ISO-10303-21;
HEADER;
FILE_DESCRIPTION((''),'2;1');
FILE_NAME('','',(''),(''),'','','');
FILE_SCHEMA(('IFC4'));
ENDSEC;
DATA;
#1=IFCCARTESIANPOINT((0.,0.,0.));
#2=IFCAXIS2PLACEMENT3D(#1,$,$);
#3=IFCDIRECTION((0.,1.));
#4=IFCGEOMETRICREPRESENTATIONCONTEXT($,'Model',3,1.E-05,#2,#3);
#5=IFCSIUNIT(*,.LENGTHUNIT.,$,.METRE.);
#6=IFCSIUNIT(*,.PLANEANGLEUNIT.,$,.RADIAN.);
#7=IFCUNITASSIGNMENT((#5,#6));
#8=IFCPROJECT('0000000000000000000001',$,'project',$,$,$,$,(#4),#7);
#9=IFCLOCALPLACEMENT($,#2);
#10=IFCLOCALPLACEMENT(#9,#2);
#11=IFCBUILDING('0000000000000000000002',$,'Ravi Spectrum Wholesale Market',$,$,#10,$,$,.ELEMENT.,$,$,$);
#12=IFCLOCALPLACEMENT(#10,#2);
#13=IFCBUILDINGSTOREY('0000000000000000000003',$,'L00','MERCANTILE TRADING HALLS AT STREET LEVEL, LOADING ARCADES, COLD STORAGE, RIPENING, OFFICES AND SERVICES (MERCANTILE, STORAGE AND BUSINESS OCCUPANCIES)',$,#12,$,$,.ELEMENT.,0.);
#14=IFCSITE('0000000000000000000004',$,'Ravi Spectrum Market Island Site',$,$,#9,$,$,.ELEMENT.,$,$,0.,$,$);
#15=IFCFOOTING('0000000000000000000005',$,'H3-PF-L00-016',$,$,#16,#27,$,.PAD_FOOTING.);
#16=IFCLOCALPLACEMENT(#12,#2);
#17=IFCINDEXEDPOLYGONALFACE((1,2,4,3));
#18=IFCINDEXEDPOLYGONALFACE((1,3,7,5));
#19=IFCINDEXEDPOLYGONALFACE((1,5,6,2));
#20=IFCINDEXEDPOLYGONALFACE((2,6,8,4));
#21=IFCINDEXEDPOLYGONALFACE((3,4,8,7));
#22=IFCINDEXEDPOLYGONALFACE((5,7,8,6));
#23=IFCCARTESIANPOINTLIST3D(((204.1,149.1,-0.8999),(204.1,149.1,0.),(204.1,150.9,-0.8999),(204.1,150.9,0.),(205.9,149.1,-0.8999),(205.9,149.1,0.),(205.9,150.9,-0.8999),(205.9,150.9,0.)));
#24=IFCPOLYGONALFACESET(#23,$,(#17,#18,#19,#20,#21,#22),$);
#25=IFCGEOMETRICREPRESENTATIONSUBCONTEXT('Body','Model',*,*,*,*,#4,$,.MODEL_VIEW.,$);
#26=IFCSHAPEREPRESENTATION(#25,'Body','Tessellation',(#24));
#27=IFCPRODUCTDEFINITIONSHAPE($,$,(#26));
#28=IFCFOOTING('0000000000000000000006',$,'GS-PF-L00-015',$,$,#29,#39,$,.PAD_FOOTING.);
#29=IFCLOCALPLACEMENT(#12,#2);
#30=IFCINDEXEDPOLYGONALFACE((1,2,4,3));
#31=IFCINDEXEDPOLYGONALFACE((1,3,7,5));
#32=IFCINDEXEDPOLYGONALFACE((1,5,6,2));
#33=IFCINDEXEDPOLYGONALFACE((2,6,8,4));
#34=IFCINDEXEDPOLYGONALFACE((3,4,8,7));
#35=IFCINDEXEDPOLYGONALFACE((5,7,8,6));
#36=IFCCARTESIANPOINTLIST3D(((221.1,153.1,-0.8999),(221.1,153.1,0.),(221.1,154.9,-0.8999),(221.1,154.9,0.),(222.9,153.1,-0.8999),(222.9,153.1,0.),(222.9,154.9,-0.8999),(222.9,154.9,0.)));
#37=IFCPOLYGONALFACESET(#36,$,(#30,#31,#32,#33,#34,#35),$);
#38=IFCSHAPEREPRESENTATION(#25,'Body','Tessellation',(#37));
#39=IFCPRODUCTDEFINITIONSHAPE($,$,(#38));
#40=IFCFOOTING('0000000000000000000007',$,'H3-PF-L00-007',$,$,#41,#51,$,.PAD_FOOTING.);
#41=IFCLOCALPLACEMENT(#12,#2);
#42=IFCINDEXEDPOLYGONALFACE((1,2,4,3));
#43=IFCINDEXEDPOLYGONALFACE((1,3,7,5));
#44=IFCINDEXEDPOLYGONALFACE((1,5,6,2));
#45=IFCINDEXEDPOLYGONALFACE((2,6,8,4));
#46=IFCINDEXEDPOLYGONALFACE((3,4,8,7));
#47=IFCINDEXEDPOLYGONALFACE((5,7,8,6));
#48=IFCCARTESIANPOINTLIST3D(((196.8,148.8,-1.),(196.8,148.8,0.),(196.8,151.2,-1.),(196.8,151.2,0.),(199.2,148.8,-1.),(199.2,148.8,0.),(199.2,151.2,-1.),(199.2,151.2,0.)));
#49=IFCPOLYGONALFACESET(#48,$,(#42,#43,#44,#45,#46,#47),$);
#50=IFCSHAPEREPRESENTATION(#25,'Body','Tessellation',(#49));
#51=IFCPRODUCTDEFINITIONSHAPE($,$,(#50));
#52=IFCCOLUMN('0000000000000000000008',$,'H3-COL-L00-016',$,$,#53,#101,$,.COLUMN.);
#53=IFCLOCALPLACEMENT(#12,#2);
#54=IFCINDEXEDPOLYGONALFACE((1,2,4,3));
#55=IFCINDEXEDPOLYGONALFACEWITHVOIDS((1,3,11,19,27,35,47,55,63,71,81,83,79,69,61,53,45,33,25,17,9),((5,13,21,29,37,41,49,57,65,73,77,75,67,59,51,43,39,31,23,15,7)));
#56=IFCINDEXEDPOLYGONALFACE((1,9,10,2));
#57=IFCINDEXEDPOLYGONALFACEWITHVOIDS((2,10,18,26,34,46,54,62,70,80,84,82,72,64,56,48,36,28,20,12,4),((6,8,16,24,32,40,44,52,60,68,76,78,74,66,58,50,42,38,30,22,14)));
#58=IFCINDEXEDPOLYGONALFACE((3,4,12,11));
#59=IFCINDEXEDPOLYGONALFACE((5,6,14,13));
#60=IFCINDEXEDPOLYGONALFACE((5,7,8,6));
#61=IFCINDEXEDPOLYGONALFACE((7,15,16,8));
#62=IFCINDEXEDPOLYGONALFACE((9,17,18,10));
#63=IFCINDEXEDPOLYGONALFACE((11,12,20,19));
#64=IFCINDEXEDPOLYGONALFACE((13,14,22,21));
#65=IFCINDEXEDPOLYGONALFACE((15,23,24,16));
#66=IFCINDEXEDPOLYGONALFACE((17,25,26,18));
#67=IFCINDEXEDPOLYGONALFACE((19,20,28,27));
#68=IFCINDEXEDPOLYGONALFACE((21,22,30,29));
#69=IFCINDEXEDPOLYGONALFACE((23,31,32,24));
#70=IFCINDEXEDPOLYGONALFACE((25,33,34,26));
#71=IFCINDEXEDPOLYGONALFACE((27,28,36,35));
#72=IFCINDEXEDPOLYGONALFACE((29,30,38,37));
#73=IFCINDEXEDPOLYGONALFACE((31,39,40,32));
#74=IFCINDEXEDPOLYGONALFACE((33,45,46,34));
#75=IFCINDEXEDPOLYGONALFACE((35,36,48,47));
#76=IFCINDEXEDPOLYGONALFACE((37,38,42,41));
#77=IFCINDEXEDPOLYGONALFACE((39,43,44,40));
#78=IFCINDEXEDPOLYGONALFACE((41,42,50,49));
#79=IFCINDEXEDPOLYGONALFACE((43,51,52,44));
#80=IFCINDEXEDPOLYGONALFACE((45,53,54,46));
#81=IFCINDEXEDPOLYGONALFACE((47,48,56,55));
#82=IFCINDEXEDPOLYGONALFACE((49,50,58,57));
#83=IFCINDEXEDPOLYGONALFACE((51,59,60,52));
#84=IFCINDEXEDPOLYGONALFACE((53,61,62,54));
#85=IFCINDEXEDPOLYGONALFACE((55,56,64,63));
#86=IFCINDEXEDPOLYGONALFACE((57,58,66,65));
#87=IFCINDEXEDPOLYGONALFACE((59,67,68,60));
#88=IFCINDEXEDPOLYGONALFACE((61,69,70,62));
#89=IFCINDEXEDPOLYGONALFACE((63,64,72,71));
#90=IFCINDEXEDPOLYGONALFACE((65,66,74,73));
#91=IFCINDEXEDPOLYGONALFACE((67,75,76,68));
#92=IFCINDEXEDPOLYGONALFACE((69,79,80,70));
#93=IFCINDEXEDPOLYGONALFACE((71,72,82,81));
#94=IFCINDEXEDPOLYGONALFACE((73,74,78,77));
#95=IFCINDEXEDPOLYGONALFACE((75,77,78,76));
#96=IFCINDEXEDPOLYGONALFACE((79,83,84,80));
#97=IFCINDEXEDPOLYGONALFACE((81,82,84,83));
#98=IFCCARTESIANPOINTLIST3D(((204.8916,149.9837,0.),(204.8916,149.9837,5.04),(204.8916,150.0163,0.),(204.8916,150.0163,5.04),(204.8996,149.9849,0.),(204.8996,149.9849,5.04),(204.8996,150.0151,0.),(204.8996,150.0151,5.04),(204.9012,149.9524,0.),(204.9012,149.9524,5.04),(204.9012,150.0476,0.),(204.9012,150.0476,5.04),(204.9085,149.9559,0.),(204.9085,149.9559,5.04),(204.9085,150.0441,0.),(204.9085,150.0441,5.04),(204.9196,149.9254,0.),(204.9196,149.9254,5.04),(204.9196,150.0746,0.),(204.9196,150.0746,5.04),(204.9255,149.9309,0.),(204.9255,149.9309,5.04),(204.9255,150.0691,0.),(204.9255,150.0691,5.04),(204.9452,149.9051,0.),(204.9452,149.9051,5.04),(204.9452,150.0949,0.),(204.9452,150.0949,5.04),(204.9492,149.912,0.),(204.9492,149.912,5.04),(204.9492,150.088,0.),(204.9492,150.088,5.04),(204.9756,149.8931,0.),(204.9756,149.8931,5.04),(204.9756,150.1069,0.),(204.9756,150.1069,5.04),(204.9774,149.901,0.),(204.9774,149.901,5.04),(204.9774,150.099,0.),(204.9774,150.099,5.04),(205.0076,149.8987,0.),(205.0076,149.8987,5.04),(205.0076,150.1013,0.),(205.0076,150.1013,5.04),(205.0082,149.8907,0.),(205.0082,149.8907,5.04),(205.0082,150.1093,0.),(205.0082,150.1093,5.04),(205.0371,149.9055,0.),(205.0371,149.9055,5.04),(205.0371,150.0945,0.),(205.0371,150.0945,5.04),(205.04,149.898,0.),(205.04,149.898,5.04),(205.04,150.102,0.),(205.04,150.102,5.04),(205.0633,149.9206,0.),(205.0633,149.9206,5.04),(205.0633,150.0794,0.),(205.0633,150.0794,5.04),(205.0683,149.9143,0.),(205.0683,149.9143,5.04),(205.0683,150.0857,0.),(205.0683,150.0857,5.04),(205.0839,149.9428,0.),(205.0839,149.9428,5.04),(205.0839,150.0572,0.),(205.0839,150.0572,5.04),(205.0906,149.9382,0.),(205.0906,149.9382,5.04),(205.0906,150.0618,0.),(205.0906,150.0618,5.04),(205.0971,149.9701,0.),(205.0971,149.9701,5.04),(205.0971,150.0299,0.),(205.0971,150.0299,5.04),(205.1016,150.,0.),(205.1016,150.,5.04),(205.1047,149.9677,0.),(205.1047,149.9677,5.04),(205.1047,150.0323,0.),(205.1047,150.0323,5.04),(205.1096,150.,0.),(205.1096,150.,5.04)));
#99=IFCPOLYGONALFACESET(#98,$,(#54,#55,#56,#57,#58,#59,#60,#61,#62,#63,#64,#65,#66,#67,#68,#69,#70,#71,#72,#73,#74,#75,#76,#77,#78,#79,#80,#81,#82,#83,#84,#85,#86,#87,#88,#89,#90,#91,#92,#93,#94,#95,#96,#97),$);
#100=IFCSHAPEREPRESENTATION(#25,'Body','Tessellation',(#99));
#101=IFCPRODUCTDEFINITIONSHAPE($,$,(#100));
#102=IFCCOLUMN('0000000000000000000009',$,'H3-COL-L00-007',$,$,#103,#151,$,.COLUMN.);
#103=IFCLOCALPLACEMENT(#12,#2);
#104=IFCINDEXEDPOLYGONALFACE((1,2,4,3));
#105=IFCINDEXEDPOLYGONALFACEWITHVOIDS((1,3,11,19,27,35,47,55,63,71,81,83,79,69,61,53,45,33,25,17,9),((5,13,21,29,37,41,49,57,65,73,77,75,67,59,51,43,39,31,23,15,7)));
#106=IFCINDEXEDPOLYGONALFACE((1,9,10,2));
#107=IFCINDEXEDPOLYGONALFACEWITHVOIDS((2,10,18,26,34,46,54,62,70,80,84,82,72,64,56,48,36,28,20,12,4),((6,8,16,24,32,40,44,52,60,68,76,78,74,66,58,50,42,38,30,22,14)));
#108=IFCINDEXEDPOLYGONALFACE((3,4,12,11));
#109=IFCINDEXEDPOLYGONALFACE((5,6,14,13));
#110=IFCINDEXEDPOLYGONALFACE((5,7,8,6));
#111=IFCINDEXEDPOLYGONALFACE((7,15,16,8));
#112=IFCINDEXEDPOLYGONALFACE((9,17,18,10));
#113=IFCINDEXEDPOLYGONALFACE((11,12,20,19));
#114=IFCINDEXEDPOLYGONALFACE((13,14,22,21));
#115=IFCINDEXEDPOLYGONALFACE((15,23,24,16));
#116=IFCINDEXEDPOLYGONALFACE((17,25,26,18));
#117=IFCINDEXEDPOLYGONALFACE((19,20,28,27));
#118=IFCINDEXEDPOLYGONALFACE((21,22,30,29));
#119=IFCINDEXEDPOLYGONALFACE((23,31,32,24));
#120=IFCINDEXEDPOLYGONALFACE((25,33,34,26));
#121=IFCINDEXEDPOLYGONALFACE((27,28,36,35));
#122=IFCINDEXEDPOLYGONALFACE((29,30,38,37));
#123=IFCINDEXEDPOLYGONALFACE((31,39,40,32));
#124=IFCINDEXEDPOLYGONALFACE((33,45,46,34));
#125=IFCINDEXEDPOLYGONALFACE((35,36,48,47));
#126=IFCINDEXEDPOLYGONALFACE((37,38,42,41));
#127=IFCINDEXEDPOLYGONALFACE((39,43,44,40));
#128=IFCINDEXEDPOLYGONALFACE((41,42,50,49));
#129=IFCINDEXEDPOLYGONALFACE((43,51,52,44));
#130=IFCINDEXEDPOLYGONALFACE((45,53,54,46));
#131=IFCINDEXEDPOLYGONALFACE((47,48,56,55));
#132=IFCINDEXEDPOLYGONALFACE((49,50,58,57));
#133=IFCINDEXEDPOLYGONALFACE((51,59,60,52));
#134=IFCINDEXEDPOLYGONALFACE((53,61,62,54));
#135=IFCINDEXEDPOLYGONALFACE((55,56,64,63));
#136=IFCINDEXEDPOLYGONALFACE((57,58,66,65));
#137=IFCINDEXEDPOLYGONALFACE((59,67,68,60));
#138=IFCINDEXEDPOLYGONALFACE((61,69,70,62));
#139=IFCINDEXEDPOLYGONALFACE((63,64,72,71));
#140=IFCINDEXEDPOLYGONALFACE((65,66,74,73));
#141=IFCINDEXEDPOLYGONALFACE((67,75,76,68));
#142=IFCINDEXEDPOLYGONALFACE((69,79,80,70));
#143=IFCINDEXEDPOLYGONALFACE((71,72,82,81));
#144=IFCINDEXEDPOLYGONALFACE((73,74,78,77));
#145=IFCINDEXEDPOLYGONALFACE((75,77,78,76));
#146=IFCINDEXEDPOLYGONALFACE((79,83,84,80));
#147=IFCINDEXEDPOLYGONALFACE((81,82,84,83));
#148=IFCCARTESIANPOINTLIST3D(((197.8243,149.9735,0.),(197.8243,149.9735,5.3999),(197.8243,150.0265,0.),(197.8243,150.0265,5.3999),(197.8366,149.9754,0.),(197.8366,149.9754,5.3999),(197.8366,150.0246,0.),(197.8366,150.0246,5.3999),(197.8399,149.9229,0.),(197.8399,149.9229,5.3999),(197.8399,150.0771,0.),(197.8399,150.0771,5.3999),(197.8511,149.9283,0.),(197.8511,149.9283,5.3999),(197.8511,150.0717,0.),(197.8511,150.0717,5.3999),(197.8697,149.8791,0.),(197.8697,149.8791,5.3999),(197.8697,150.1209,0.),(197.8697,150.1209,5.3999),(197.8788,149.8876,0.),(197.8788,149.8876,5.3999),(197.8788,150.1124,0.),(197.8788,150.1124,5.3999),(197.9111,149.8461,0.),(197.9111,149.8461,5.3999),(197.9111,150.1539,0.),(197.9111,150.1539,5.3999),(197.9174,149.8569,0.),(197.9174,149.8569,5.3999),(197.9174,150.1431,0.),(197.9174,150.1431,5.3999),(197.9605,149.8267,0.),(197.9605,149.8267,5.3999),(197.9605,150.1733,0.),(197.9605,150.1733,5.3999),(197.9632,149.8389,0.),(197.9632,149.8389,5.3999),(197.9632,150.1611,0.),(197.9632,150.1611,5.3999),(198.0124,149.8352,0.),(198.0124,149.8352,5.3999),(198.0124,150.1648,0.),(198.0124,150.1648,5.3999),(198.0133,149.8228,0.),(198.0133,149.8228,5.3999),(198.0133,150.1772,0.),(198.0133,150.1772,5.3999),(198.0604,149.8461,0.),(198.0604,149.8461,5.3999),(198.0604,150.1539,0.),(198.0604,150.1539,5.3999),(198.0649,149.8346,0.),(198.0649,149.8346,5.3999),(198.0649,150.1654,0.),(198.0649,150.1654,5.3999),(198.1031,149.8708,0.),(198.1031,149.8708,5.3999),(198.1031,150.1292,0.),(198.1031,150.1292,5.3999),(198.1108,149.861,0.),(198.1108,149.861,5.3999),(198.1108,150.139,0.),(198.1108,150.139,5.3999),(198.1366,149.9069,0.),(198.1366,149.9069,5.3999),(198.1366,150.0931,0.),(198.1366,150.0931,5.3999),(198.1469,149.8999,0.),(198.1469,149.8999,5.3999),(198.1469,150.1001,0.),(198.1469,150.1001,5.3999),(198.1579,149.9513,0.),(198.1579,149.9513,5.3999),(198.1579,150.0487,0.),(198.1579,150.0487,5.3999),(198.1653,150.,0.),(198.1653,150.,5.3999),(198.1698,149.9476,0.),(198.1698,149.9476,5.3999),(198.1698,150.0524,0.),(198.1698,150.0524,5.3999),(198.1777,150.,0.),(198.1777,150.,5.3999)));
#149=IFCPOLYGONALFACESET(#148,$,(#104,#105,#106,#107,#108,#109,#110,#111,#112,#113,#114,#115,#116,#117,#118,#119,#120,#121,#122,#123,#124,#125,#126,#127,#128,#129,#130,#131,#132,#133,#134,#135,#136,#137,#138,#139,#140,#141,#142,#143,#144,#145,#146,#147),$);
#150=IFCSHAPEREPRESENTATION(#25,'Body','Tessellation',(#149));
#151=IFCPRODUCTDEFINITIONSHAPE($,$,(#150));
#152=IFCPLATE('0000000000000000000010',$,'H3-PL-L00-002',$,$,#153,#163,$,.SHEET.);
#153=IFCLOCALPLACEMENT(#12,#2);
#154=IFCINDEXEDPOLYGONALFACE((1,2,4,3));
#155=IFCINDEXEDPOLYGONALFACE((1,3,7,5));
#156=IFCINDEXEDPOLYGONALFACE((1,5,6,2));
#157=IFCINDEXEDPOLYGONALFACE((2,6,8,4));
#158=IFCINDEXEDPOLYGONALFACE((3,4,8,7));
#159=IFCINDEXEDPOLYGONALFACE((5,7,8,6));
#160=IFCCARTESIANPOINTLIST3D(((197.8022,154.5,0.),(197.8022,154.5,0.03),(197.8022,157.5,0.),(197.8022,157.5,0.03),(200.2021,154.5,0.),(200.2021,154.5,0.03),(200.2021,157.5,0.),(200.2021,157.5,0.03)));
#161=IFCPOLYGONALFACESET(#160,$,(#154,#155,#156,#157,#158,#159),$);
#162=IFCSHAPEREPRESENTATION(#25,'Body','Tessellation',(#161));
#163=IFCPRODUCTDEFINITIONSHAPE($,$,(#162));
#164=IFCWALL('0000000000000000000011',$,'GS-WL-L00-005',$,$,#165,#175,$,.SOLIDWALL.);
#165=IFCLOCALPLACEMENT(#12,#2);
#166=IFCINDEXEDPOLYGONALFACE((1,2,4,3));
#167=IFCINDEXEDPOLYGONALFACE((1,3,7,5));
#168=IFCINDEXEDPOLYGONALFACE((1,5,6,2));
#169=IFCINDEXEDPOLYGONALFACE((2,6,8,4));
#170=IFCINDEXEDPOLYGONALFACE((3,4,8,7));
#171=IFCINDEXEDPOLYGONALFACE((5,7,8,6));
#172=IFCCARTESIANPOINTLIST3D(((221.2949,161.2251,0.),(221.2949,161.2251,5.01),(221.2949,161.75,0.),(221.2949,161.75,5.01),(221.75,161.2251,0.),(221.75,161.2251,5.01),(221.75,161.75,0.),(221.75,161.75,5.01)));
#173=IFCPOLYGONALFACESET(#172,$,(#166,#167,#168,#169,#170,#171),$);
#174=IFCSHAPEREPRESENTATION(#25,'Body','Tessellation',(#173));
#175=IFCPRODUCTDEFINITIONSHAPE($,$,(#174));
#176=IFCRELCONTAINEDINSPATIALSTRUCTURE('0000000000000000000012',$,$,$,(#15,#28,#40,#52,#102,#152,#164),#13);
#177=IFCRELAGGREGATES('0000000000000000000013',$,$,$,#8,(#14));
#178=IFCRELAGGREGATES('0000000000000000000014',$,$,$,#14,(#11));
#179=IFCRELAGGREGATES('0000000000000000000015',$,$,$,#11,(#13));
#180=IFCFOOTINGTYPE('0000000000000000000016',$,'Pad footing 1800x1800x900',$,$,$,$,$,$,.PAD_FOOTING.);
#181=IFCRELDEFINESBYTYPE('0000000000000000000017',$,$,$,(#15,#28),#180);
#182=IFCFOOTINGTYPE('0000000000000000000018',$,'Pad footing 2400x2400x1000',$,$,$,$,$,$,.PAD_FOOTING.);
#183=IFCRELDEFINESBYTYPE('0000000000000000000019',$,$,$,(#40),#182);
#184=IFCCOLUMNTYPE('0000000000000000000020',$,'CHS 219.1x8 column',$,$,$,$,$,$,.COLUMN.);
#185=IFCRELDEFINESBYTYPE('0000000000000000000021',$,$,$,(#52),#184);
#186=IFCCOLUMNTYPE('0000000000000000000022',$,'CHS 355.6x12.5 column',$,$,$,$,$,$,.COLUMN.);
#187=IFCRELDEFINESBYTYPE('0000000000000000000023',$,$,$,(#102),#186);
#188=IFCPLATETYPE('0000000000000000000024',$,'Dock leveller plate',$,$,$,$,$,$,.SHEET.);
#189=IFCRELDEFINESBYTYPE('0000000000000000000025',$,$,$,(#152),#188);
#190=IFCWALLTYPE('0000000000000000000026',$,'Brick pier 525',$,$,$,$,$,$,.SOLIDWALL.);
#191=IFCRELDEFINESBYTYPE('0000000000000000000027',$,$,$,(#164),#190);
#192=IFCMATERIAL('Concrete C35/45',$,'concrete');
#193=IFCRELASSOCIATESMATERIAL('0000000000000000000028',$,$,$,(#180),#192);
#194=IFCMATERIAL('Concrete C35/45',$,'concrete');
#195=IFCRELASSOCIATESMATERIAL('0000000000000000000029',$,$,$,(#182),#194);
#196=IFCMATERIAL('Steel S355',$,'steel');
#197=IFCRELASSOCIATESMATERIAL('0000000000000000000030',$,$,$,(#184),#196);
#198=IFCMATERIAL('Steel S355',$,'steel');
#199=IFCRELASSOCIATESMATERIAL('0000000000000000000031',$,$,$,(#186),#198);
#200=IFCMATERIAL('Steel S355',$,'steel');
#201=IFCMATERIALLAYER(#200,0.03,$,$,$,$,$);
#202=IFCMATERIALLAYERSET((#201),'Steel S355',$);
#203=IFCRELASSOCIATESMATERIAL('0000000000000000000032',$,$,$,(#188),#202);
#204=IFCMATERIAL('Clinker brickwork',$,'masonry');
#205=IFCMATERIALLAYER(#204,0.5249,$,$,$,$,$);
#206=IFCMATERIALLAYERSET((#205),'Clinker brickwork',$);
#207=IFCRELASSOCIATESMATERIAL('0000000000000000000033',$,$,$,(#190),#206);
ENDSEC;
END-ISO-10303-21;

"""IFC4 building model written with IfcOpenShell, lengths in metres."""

from ifc_helpers import new_model, si_unit, direction, frame, frame_2d, origin, origin_2d, place, context, subcontext, project, spatial, rectangle, hollow_circle, extrude, material, layer, layer_set, material_profile, profile_set, type_object, element, save


model = new_model("IFC4")

# Units and contexts
model_context = context("Model", 3, precision=1e-05, world=origin(), true_north=direction((0.0, 1.0)))
body_context = subcontext(model_context, "Body", "Model", "MODEL_VIEW")
ifc_project = project(units=[si_unit("LENGTHUNIT", "METRE"), si_unit("PLANEANGLEUNIT", "RADIAN")], contexts=[model_context])

# Site, building, storey
site_placement = place(None, origin())
site = spatial("IfcSite", under=ifc_project, at=site_placement, Name="Ravi Spectrum Market Island Site", CompositionType="ELEMENT", RefElevation=0.0)
building_placement = place(site_placement, origin())
building = spatial("IfcBuilding", under=site, at=building_placement, Name="Ravi Spectrum Wholesale Market", CompositionType="ELEMENT")
storey_placement = place(building_placement, origin())
storey = spatial("IfcBuildingStorey", under=building, at=storey_placement, Name="L00", Description="MERCANTILE TRADING HALLS AT STREET LEVEL, LOADING ARCADES, COLD STORAGE, RIPENING, OFFICES AND SERVICES (MERCANTILE, STORAGE AND BUSINESS OCCUPANCIES)", CompositionType="ELEMENT", Elevation=0.0)

# Footings
ifc_material_1 = material(Name="Concrete C35/45", Category="concrete")
footing_type_1 = type_object("IfcFootingType", Name="Pad footing 1800x1800x900", PredefinedType="PAD_FOOTING", material=ifc_material_1)
for number, where, z_axis, x_axis, name in (
    (1, (205.0, 150.0, -0.8999), (0.0, 0.0, 1.0), (1.0, 0.0, 0.0), "H3-PF-L00-016"),
    (2, (222.0, 154.0, -0.8999), (0.0, 0.0, 1.0), (1.0, 0.0, 0.0), "GS-PF-L00-015"),
):
    element("IfcFooting", number, at=place(storey_placement, frame(where, z_axis=z_axis, x_axis=x_axis)), inside=storey, type_object=footing_type_1, Name=name, PredefinedType="PAD_FOOTING", context=body_context, shape_type="SweptSolid", body=[
        extrude(rectangle(XDim=1.8, YDim=1.8, at=origin_2d()), origin(), (0.0, 0.0, 1.0), 0.8999),
    ])
ifc_material_2 = material(Name="Concrete C35/45", Category="concrete")
footing_type_2 = type_object("IfcFootingType", Name="Pad footing 2400x2400x1000", PredefinedType="PAD_FOOTING", material=ifc_material_2)
footing_placement = place(storey_placement, frame((198.0, 150.0, -1.0), z_axis=(0.0, 0.0, 1.0), x_axis=(1.0, 0.0, 0.0)))
element("IfcFooting", 3, at=footing_placement, inside=storey, type_object=footing_type_2, Name="H3-PF-L00-007", PredefinedType="PAD_FOOTING", context=body_context, shape_type="SweptSolid", body=[
    extrude(rectangle(XDim=2.3999, YDim=2.3999, at=origin_2d()), origin(), (0.0, 0.0, 1.0), 1.0),
])

# Columns
ifc_material_3 = material(Name="Steel S355", Category="steel")
ifc_material_profile_1 = material_profile(ifc_material_3, hollow_circle(Radius=0.1096, WallThickness=0.0081, at=origin_2d()))
ifc_profile_set_1 = profile_set([ifc_material_profile_1], Name="Steel S355")
column_type_1 = type_object("IfcColumnType", Name="CHS 219.1x8 column", PredefinedType="COLUMN", material=ifc_profile_set_1)
column_1_placement = place(storey_placement, frame((205.0, 150.0, 0.0), z_axis=(0.0, 0.0, 1.0), x_axis=(1.0, 0.0, 0.0)))
element("IfcColumn", 4, at=column_1_placement, inside=storey, type_object=column_type_1, Name="H3-COL-L00-016", PredefinedType="COLUMN", context=body_context, shape_type="SweptSolid", body=[
    extrude(hollow_circle(Radius=0.1096, WallThickness=0.0081, at=origin_2d()), origin(), (0.0, 0.0, 1.0), 5.04),
])
ifc_material_4 = material(Name="Steel S355", Category="steel")
ifc_material_profile_2 = material_profile(ifc_material_4, hollow_circle(Radius=0.1777, WallThickness=0.0125, at=origin_2d()))
ifc_profile_set_2 = profile_set([ifc_material_profile_2], Name="Steel S355")
column_type_2 = type_object("IfcColumnType", Name="CHS 355.6x12.5 column", PredefinedType="COLUMN", material=ifc_profile_set_2)
column_2_placement = place(storey_placement, frame((198.0, 150.0, 0.0), z_axis=(0.0, 0.0, 1.0), x_axis=(1.0, 0.0, 0.0)))
element("IfcColumn", 5, at=column_2_placement, inside=storey, type_object=column_type_2, Name="H3-COL-L00-007", PredefinedType="COLUMN", context=body_context, shape_type="SweptSolid", body=[
    extrude(hollow_circle(Radius=0.1777, WallThickness=0.0125, at=origin_2d()), origin(), (0.0, 0.0, 1.0), 5.3999),
])

# Plate
ifc_material_5 = material(Name="Steel S355", Category="steel")
ifc_layer_1 = layer(ifc_material_5, 0.03)
ifc_layer_set_1 = layer_set([ifc_layer_1], Name="Steel S355")
plate_type = type_object("IfcPlateType", Name="Dock leveller plate", PredefinedType="SHEET", material=ifc_layer_set_1)
plate_placement = place(storey_placement, frame((199.0022, 156.0, 0.0), z_axis=(0.0, 0.0, 1.0), x_axis=(1.0, 0.0, 0.0)))
element("IfcPlate", 6, at=plate_placement, inside=storey, type_object=plate_type, Name="H3-PL-L00-002", PredefinedType="SHEET", context=body_context, shape_type="SweptSolid", body=[
    extrude(rectangle(XDim=2.3999, YDim=3.0, at=origin_2d()), origin(), (0.0, 0.0, 1.0), 0.03),
])

# Wall
ifc_material_6 = material(Name="Clinker brickwork", Category="masonry")
ifc_layer_2 = layer(ifc_material_6, 0.5249)
ifc_layer_set_2 = layer_set([ifc_layer_2], Name="Clinker brickwork")
wall_type_1 = type_object("IfcWallType", Name="Brick pier 525", PredefinedType="SOLIDWALL", material=ifc_layer_set_2)
wall_1_placement = place(storey_placement, frame((221.75, 161.4875, 0.0), z_axis=(0.0, 0.0, 1.0), x_axis=(-1.0, 0.0, 0.0)))
element("IfcWall", 7, at=wall_1_placement, inside=storey, type_object=wall_type_1, Name="GS-WL-L00-005", PredefinedType="SOLIDWALL", context=body_context, shape_type="SweptSolid", body=[
    extrude(rectangle(XDim=0.4551, YDim=0.5249, at=frame_2d((0.2275, 0.0))), origin(), (0.0, 0.0, 1.0), 5.01),
])

save(model, "model.ifc")
